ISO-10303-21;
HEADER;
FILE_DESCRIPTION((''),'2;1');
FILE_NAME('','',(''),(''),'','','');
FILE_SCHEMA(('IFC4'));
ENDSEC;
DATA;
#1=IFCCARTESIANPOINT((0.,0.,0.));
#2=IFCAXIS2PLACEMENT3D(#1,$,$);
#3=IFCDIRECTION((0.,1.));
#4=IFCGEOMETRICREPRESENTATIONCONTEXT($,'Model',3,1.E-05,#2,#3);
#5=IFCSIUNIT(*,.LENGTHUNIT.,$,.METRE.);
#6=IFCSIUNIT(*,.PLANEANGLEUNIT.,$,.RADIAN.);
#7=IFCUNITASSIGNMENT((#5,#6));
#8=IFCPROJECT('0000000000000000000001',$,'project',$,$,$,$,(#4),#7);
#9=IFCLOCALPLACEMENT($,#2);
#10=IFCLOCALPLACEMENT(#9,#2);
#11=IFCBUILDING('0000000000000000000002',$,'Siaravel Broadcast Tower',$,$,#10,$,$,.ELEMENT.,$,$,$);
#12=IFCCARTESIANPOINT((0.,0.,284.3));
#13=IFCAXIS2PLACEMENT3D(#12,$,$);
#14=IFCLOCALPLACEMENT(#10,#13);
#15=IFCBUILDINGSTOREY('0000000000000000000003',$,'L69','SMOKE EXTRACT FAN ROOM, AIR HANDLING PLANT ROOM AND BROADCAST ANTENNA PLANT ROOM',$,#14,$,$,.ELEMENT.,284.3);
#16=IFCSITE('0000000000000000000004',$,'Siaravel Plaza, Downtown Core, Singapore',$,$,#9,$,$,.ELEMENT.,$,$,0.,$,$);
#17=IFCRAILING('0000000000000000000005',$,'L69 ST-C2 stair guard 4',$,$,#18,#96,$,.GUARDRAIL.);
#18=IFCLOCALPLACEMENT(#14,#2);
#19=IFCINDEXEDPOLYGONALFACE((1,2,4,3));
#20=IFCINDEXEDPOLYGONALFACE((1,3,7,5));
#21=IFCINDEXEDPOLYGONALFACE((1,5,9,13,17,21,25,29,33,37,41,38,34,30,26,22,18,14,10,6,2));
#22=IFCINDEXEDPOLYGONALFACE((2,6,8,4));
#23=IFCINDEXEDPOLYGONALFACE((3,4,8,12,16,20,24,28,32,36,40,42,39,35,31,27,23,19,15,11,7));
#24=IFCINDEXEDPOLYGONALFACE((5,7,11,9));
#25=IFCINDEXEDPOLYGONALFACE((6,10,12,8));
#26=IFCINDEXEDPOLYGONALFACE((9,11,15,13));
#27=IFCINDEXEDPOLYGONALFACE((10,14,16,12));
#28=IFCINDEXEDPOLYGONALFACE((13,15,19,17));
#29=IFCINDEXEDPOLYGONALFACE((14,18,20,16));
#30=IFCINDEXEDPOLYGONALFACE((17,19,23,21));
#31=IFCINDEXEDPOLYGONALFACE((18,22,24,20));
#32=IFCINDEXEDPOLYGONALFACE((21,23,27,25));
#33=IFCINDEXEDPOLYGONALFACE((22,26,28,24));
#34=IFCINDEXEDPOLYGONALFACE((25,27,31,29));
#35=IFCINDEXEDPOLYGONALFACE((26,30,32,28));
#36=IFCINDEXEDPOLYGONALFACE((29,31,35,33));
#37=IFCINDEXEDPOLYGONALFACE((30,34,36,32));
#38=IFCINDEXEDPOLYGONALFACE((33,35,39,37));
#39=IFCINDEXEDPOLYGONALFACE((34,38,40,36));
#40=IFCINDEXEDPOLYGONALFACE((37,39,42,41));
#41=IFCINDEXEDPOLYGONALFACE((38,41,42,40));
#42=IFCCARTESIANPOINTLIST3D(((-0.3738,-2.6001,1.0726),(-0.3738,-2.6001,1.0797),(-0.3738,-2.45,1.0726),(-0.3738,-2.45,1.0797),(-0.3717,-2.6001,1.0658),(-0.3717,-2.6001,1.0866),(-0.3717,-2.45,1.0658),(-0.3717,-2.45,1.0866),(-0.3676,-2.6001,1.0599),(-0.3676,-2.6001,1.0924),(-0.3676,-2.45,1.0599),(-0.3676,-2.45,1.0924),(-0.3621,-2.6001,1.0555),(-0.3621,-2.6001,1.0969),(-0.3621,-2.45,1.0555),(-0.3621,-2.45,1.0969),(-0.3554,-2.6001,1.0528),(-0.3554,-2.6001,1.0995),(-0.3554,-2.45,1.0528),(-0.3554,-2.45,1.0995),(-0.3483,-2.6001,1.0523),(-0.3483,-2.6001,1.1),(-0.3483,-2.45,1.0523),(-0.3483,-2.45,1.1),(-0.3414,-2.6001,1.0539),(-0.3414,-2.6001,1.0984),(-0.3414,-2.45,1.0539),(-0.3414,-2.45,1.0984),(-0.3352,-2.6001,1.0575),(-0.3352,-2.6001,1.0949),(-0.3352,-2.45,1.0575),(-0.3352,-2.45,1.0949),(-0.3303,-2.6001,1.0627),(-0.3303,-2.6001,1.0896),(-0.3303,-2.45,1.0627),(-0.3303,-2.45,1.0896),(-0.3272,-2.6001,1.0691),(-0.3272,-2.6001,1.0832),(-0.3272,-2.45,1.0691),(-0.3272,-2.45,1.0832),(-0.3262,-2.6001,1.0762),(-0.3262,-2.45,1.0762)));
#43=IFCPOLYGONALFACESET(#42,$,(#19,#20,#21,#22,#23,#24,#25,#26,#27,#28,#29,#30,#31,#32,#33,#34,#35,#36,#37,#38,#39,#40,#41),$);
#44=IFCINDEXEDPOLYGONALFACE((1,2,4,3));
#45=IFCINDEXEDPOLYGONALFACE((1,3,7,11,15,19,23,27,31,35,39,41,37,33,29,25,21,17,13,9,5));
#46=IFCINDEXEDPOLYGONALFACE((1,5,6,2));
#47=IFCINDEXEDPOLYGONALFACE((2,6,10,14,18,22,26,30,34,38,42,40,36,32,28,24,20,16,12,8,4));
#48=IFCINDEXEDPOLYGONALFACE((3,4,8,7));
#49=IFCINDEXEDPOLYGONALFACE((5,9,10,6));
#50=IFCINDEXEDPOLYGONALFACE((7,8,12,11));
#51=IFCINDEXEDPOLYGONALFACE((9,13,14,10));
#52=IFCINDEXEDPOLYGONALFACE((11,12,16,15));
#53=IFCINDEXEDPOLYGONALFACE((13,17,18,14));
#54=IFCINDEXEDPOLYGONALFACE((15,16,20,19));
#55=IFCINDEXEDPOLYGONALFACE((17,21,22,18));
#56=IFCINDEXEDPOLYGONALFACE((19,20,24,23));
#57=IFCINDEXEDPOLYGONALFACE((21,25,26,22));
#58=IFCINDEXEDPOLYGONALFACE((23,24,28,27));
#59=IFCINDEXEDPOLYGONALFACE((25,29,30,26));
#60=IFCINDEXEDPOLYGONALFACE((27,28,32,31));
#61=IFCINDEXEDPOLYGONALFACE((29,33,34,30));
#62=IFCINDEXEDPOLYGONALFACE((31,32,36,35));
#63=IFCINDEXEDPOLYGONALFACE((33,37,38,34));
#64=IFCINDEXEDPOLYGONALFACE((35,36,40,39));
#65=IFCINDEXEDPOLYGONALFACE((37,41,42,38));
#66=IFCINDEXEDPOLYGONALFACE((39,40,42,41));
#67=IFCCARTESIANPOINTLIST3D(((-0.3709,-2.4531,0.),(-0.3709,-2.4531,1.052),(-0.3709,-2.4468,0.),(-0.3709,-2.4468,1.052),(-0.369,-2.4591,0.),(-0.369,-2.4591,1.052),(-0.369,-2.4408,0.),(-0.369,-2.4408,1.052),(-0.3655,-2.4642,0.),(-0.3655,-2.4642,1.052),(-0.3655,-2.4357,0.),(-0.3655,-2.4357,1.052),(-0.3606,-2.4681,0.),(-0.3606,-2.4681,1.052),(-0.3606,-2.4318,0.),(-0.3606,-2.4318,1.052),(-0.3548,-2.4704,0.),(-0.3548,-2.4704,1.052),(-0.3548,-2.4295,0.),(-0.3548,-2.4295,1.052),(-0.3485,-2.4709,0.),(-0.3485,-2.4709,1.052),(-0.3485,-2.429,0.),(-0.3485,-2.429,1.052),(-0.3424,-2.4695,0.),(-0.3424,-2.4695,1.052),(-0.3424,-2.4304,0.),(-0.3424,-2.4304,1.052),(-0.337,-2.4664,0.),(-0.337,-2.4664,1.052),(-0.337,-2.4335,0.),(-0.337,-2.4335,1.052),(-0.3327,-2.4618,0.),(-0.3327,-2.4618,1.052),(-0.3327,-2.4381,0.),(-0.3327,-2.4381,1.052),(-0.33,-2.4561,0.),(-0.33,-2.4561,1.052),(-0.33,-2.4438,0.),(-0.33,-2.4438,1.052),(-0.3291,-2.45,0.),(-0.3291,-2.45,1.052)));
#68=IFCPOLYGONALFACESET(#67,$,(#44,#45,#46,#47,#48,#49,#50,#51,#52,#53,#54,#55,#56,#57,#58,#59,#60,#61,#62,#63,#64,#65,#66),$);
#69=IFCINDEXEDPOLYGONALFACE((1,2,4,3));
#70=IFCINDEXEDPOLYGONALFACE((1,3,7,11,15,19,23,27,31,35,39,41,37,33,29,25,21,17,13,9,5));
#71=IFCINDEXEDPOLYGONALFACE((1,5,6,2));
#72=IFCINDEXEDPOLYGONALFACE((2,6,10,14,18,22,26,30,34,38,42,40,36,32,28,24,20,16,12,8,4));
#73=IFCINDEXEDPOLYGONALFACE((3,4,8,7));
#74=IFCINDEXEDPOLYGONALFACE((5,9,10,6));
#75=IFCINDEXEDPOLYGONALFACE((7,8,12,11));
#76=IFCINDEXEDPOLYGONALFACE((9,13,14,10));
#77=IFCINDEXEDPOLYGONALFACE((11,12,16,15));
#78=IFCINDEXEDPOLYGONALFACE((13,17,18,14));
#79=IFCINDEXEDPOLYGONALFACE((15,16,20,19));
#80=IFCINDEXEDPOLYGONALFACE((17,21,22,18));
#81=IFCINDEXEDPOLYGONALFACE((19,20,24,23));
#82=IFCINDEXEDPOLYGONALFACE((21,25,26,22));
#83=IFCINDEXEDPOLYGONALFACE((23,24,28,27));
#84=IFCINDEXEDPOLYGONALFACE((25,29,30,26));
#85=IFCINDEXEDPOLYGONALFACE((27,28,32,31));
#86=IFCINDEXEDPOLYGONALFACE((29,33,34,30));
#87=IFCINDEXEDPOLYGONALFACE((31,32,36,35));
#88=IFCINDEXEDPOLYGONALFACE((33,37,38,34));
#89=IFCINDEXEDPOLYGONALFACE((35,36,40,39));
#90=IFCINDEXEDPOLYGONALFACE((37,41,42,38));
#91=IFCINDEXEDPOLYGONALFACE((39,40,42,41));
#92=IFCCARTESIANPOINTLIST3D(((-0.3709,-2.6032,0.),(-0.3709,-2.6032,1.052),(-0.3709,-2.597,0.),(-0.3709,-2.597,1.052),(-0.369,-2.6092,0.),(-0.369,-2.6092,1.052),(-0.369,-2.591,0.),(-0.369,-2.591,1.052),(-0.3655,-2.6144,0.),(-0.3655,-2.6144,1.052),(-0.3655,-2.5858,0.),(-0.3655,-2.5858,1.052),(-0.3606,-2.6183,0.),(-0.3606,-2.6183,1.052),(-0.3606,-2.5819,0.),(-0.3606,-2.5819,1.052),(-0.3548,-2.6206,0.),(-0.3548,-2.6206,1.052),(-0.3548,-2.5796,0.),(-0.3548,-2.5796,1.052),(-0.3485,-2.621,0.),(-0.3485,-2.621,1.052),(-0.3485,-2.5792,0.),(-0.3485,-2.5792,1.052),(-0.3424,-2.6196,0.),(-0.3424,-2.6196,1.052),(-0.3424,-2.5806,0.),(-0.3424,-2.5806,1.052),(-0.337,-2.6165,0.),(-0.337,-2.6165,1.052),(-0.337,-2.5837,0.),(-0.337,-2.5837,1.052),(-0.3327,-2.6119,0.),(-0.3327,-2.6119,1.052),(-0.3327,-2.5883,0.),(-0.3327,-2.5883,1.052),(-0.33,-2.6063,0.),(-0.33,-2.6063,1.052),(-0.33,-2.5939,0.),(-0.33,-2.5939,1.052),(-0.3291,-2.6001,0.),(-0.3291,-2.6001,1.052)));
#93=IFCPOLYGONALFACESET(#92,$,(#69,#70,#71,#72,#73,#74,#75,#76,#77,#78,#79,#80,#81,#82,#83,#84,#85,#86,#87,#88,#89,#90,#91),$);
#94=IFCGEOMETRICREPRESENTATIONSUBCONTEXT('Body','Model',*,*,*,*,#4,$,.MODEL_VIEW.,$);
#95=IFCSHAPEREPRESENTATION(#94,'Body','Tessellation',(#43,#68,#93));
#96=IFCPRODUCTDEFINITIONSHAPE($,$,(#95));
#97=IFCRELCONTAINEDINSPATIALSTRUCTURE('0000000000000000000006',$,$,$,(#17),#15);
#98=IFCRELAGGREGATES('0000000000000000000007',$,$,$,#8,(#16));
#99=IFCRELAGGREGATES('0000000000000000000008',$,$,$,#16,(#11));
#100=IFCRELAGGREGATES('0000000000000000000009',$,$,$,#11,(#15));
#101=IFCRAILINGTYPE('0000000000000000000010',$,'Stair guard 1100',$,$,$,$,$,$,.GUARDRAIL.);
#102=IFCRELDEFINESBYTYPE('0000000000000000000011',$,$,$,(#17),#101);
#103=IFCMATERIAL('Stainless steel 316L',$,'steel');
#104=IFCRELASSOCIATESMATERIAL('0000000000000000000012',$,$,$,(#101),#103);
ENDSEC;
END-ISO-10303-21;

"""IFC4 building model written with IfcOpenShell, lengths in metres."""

from ifc_helpers import new_model, si_unit, direction, frame, origin, origin_2d, place, context, subcontext, project, spatial, circle, extrude, material, type_object, element, save


model = new_model("IFC4")

# Units and contexts
model_context = context("Model", 3, precision=1e-05, world=origin(), true_north=direction((0.0, 1.0)))
body_context = subcontext(model_context, "Body", "Model", "MODEL_VIEW")
ifc_project = project(units=[si_unit("LENGTHUNIT", "METRE"), si_unit("PLANEANGLEUNIT", "RADIAN")], contexts=[model_context])

# Site, building, storey
site_placement = place(None, origin())
site = spatial("IfcSite", under=ifc_project, at=site_placement, Name="Siaravel Plaza, Downtown Core, Singapore", CompositionType="ELEMENT", RefElevation=0.0)
building_placement = place(site_placement, origin())
building = spatial("IfcBuilding", under=site, at=building_placement, Name="Siaravel Broadcast Tower", CompositionType="ELEMENT")
storey_placement = place(building_placement, frame((0.0, 0.0, 284.3)))
storey = spatial("IfcBuildingStorey", under=building, at=storey_placement, Name="L69", Description="SMOKE EXTRACT FAN ROOM, AIR HANDLING PLANT ROOM AND BROADCAST ANTENNA PLANT ROOM", CompositionType="ELEMENT", Elevation=284.3)

# Shared definitions
ifc_material_1 = material(Name="Stainless steel 316L", Category="steel")

# Railing
railing_type_1 = type_object("IfcRailingType", Name="Stair guard 1100", PredefinedType="GUARDRAIL", material=ifc_material_1)
railing_1_placement = place(storey_placement, frame((-0.3501, -2.45, 0.0)))
element("IfcRailing", 1, at=railing_1_placement, inside=storey, type_object=railing_type_1, Name="L69 ST-C2 stair guard 4", PredefinedType="GUARDRAIL", context=body_context, shape_type="SweptSolid", body=[
    extrude(circle(Radius=0.0239, at=origin_2d()), frame((0.0, 0.0, 1.0762), z_axis=(0.0, -1.0, 0.0), x_axis=(1.0, 0.0, 0.0)), (0.0, 0.0, 1.0), 0.1501),
    extrude(circle(Radius=0.021, at=origin_2d()), origin(), (0.0, 0.0, 1.0), 1.052),
    extrude(circle(Radius=0.021, at=origin_2d()), frame((0.0, -0.1501, 0.0)), (0.0, 0.0, 1.0), 1.052),
])

save(model, "model.ifc")
